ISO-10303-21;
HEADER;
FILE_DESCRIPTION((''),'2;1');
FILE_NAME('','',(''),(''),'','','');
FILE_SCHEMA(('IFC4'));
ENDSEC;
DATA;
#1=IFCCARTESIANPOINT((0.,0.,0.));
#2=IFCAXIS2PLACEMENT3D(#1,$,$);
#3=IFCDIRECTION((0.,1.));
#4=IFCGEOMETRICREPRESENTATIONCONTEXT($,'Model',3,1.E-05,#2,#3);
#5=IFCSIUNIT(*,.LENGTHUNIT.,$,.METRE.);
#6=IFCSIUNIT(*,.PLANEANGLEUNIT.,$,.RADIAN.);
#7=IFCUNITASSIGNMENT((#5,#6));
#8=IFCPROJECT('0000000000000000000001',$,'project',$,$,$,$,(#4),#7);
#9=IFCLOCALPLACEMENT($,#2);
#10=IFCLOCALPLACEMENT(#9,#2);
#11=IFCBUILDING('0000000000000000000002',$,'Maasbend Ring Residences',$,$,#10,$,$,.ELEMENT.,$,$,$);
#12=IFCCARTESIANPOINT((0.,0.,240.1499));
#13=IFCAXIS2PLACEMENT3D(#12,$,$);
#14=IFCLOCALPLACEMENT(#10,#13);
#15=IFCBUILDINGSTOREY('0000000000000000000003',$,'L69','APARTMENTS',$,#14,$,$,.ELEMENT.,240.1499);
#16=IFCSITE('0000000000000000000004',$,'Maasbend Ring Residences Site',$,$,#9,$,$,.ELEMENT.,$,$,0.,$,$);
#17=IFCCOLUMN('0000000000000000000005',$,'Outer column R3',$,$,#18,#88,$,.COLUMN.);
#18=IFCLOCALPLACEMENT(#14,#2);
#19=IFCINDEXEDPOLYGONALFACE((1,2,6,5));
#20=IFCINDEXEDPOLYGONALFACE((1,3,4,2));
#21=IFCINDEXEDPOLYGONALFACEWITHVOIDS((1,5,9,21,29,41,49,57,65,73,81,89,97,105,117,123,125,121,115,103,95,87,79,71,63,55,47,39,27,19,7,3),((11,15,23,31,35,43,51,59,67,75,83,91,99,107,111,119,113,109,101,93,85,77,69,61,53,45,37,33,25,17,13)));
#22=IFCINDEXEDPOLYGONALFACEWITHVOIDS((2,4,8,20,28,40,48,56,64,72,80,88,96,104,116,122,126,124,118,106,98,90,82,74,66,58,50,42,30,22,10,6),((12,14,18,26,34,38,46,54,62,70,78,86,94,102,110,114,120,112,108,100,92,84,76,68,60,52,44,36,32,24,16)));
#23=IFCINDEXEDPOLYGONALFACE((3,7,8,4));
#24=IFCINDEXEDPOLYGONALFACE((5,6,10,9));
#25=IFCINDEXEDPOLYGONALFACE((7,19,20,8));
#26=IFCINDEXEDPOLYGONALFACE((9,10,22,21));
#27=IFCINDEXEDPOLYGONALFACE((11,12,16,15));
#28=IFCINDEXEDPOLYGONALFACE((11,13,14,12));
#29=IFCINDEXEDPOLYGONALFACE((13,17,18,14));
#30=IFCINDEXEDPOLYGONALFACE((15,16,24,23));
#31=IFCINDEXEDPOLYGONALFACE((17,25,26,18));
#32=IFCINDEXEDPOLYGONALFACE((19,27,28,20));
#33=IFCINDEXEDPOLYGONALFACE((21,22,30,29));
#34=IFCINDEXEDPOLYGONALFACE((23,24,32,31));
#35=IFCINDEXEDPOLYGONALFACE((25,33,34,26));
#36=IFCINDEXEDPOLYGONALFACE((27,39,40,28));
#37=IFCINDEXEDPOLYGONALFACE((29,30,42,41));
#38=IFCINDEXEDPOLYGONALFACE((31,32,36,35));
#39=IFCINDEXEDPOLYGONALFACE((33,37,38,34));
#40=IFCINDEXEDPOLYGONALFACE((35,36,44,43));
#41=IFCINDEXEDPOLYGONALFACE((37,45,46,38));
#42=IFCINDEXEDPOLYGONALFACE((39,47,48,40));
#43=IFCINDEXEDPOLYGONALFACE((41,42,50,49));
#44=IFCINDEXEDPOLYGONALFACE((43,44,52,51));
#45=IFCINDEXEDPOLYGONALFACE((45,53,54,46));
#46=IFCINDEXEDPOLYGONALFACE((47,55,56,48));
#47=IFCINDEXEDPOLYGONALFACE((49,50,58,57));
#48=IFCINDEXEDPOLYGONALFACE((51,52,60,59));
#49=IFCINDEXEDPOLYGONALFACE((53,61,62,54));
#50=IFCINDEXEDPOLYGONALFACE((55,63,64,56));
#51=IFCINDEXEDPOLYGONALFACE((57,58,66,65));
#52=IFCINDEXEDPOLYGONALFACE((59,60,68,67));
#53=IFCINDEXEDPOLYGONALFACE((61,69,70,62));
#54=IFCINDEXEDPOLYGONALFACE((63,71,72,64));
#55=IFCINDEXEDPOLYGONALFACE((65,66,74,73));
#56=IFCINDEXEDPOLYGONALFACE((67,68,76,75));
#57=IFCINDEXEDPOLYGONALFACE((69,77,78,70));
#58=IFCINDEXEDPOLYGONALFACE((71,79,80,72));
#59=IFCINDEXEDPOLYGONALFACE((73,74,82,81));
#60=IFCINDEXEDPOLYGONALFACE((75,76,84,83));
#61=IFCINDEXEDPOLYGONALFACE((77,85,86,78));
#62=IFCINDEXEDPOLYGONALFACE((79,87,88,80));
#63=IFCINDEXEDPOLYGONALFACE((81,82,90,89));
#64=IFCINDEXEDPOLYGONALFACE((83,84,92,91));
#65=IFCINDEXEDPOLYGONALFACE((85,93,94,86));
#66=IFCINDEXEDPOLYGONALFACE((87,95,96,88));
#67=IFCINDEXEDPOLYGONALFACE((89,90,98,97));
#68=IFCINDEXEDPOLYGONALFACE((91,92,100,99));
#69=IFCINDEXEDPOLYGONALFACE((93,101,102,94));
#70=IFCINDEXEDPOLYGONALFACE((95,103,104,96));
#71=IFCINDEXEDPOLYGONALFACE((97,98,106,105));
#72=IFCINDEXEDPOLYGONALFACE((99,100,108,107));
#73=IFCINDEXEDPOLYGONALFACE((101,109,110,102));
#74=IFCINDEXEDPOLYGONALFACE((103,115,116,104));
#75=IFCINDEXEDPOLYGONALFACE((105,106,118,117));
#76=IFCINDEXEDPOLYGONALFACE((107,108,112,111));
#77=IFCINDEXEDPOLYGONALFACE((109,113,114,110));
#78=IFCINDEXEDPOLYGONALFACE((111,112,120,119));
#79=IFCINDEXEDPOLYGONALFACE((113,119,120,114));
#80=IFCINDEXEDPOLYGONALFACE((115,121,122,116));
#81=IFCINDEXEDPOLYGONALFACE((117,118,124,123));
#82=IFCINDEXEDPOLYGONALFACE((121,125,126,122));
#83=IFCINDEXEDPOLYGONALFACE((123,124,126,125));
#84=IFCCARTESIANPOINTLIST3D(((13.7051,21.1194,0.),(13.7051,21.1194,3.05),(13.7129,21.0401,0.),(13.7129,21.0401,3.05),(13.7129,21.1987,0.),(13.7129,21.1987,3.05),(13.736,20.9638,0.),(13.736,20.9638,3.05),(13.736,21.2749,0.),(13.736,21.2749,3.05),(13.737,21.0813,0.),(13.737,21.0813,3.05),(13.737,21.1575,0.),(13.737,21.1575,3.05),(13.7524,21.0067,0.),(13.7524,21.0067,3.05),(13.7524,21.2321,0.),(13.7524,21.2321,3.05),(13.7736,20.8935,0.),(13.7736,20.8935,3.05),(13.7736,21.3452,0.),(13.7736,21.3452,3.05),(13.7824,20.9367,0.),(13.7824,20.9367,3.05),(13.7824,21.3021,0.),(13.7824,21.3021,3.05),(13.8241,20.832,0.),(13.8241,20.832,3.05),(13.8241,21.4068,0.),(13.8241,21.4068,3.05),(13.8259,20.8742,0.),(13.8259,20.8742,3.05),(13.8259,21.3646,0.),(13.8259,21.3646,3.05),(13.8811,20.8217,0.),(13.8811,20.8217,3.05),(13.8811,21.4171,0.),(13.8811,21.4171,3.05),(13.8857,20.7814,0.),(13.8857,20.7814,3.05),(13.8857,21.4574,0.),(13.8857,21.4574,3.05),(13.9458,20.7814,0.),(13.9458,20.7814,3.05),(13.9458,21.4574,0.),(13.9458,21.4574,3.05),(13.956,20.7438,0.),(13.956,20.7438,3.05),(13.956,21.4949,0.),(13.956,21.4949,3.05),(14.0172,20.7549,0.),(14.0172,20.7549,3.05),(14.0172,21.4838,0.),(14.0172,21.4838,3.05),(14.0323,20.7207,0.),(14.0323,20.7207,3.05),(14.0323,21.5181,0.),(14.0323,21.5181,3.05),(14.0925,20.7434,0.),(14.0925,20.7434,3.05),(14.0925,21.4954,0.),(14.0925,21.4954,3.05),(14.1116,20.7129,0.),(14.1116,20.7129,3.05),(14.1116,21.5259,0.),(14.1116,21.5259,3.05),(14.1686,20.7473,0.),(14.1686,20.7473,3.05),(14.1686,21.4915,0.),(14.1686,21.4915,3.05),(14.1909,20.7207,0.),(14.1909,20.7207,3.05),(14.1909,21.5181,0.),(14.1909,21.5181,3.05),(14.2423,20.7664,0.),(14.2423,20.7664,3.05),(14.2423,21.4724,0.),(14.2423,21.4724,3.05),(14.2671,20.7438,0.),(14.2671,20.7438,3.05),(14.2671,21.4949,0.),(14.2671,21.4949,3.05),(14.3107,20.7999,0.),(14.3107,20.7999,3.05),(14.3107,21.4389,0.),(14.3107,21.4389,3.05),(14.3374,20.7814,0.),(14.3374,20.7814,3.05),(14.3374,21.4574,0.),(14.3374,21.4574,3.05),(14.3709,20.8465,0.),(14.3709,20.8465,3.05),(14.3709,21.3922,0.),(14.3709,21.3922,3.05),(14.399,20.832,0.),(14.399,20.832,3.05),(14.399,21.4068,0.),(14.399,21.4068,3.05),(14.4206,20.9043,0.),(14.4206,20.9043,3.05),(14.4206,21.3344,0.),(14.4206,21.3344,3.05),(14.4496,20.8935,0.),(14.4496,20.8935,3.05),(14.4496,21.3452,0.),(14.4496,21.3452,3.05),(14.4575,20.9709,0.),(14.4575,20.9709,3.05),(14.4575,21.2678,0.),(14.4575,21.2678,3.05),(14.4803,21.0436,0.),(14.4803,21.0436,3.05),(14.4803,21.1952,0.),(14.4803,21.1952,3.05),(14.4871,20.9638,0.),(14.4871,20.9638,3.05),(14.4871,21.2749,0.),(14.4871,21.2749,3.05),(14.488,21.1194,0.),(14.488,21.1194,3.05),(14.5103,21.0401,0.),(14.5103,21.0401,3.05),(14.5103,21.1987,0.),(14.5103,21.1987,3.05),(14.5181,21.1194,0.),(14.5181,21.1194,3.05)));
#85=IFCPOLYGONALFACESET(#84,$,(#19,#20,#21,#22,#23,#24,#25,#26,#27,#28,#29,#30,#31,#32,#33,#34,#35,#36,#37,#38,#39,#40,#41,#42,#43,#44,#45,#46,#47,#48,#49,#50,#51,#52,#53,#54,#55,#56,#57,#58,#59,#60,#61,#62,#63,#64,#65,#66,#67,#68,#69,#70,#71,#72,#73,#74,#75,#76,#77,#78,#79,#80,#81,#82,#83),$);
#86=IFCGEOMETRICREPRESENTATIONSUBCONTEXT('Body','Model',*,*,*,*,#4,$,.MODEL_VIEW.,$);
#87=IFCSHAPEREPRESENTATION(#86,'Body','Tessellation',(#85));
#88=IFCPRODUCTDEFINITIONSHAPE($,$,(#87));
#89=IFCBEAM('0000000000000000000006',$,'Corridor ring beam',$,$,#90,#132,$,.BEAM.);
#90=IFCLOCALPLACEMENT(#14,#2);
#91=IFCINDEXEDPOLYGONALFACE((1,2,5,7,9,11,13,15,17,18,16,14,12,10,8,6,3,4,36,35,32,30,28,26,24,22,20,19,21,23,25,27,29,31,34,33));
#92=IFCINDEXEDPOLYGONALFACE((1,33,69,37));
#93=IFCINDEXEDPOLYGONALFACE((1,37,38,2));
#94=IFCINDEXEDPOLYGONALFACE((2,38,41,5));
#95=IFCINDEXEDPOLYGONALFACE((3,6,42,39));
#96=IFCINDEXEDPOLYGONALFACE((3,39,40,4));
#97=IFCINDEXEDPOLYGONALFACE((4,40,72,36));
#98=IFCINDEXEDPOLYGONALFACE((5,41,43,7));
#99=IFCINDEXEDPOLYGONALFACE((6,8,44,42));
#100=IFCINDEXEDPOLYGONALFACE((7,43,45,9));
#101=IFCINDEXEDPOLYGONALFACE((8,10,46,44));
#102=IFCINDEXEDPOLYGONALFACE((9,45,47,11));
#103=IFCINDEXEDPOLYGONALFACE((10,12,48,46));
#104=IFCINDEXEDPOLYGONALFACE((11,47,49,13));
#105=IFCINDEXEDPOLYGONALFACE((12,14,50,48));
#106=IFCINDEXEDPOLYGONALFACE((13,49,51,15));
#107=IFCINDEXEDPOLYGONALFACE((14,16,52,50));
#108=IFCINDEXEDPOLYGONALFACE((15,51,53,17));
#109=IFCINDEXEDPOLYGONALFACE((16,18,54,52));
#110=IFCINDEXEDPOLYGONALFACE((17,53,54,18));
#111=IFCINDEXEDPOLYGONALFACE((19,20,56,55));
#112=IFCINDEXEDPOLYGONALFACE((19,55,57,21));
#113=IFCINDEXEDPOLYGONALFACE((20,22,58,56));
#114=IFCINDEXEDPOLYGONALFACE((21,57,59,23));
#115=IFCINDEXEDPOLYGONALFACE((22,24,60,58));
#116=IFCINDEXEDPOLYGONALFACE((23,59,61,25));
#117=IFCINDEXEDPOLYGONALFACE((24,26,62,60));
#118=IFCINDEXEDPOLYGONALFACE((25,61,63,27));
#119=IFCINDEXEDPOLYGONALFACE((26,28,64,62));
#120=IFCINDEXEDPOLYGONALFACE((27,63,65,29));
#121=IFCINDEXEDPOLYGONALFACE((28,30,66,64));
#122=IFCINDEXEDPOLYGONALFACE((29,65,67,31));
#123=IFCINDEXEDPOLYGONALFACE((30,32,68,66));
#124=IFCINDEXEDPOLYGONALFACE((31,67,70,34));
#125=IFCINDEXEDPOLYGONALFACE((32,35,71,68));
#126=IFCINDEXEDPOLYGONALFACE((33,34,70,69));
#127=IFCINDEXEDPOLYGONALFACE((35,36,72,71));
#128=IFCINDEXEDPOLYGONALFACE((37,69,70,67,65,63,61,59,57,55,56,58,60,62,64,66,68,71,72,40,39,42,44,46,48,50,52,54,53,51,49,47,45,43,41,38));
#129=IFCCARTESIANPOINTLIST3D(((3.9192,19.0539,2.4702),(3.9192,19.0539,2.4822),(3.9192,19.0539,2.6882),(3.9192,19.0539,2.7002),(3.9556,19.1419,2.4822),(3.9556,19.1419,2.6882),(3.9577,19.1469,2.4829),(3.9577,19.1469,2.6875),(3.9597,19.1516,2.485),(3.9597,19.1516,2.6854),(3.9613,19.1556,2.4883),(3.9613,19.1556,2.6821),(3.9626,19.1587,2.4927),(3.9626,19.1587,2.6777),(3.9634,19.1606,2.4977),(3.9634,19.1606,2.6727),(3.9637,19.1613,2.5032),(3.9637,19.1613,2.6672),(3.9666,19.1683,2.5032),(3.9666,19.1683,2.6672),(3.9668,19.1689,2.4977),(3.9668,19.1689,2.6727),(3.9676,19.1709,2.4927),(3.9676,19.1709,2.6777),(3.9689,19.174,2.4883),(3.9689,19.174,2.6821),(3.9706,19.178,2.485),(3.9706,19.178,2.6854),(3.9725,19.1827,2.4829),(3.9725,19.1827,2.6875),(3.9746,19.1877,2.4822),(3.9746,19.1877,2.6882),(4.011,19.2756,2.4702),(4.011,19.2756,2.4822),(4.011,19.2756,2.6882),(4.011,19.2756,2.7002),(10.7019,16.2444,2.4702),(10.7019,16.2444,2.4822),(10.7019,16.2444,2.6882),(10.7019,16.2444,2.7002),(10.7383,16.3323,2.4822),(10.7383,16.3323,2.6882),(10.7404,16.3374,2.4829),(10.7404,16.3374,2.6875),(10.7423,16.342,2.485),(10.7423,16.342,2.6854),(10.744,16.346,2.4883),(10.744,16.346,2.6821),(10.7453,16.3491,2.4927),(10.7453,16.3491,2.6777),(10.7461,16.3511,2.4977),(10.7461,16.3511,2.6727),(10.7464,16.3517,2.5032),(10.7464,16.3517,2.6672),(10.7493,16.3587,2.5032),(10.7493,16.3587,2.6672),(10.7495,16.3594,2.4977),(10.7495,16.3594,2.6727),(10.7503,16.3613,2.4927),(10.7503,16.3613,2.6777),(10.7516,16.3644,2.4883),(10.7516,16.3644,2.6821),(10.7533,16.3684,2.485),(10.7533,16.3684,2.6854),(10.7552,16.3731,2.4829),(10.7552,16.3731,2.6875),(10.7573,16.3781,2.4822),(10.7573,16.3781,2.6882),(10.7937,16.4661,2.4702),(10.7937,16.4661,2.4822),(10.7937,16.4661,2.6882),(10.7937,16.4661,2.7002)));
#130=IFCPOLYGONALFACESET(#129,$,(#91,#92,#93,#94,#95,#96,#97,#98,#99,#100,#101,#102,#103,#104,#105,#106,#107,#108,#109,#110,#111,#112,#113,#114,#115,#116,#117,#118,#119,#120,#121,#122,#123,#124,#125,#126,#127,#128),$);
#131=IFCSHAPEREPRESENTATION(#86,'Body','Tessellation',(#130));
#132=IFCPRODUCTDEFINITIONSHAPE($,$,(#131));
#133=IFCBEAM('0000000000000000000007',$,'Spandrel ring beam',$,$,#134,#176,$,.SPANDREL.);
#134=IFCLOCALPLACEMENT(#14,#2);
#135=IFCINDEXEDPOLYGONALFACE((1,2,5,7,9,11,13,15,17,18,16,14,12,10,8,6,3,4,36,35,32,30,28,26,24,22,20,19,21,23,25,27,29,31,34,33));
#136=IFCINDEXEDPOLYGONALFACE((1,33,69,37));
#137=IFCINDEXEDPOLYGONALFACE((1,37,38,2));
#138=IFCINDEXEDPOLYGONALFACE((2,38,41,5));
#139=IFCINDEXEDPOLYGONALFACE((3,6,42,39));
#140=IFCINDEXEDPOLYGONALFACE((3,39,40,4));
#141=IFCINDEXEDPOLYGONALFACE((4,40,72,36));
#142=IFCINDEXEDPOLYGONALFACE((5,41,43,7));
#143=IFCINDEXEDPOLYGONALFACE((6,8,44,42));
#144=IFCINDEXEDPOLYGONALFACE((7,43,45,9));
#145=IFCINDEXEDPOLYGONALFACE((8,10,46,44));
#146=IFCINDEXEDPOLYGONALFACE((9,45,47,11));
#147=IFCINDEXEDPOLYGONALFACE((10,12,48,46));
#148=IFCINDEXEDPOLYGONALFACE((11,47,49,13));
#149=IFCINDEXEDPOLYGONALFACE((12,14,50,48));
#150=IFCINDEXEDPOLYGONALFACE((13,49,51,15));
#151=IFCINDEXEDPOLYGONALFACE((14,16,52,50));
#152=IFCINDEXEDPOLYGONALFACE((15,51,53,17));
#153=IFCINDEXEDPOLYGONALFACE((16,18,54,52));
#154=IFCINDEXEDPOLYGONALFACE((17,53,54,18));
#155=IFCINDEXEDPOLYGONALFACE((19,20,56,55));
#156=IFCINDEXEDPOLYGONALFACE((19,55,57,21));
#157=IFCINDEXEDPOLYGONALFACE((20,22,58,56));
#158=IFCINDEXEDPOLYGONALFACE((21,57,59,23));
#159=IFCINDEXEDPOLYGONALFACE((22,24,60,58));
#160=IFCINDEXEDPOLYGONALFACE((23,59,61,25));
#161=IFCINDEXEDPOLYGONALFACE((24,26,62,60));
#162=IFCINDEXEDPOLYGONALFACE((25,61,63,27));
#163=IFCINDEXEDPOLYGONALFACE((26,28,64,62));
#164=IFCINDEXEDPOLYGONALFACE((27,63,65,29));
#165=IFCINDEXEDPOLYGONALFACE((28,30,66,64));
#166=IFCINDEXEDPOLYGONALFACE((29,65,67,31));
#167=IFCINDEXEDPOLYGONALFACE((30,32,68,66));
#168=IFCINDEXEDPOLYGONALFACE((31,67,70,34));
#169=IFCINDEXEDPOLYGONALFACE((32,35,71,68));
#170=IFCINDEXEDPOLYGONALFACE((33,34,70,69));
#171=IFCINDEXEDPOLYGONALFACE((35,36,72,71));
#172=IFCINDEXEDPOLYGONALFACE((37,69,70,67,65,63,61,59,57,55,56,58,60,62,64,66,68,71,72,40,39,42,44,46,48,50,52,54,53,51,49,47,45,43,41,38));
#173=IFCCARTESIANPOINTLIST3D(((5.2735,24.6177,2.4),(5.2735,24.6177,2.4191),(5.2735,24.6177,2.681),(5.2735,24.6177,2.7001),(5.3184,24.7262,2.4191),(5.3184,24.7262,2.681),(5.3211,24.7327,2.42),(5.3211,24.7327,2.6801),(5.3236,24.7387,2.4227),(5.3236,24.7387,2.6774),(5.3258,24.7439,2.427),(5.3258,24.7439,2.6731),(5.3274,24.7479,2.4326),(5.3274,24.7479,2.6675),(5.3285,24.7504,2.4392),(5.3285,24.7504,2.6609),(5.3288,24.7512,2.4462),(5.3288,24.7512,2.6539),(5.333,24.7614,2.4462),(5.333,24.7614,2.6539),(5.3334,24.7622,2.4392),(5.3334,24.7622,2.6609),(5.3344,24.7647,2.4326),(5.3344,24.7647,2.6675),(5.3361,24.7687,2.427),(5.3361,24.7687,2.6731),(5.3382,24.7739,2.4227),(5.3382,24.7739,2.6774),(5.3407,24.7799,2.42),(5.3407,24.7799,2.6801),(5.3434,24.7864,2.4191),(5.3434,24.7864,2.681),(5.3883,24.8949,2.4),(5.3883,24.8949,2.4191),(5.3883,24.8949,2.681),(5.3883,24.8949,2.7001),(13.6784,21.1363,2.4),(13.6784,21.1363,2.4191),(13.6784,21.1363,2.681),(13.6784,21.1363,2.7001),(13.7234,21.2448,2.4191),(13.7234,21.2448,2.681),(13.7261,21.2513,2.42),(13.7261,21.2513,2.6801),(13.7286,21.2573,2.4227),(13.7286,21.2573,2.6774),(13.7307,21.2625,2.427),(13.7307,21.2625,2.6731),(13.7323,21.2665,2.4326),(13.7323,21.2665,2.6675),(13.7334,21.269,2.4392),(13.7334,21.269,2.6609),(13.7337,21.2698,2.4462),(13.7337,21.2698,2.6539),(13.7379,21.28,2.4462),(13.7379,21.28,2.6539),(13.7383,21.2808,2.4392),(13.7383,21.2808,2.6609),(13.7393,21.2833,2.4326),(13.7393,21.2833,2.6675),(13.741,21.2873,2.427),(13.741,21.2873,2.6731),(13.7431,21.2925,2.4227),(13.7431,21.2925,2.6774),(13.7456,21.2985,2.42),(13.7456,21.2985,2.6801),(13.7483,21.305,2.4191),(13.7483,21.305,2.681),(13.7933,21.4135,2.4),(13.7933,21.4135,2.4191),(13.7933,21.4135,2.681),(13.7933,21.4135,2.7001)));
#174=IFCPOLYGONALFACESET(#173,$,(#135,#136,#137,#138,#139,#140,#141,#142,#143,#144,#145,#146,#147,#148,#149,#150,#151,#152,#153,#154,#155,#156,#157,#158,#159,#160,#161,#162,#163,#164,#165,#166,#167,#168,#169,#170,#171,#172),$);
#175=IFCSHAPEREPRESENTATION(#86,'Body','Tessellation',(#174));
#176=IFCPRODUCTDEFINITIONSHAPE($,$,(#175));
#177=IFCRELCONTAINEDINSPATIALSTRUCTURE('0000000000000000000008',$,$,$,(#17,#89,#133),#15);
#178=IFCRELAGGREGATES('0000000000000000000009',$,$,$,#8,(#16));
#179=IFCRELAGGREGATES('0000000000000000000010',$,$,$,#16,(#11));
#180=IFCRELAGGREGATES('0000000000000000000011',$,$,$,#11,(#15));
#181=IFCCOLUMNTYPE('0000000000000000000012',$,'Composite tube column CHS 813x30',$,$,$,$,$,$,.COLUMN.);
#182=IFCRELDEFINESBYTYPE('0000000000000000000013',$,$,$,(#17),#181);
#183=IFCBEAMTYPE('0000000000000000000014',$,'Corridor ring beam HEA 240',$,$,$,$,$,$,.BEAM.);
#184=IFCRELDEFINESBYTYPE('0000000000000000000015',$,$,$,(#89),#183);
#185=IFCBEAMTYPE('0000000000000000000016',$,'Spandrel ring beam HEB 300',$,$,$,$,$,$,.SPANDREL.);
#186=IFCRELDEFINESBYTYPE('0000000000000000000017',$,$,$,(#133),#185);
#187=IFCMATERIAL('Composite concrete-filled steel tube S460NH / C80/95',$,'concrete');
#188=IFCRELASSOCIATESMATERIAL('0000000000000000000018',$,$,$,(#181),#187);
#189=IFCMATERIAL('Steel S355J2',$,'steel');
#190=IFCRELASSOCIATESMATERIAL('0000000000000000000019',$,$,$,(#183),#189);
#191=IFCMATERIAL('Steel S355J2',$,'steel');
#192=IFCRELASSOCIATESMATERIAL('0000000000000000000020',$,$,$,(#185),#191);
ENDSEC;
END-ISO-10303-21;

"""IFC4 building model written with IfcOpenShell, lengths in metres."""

from ifc_helpers import new_model, si_unit, direction, frame, origin, origin_2d, place, context, subcontext, project, spatial, hollow_circle, i_section, extrude, material, material_profile, profile_set, type_object, element, save


model = new_model("IFC4")

# Units and contexts
model_context = context("Model", 3, precision=1e-05, world=origin(), true_north=direction((0.0, 1.0)))
body_context = subcontext(model_context, "Body", "Model", "MODEL_VIEW")
ifc_project = project(units=[si_unit("LENGTHUNIT", "METRE"), si_unit("PLANEANGLEUNIT", "RADIAN")], contexts=[model_context])

# Site, building, storey
site_placement = place(None, origin())
site = spatial("IfcSite", under=ifc_project, at=site_placement, Name="Maasbend Ring Residences Site", CompositionType="ELEMENT", RefElevation=0.0)
building_placement = place(site_placement, origin())
building = spatial("IfcBuilding", under=site, at=building_placement, Name="Maasbend Ring Residences", CompositionType="ELEMENT")
storey_placement = place(building_placement, frame((0.0, 0.0, 240.1499)))
storey = spatial("IfcBuildingStorey", under=building, at=storey_placement, Name="L69", Description="APARTMENTS", CompositionType="ELEMENT", Elevation=240.1499)

# Column
ifc_material_1 = material(Name="Composite concrete-filled steel tube S460NH / C80/95", Category="concrete")
ifc_material_profile_1 = material_profile(ifc_material_1, hollow_circle(Radius=0.4065, WallThickness=0.03, at=origin_2d()), Name="Composite tube column CHS 813x30")
ifc_profile_set_1 = profile_set([ifc_material_profile_1], Name="Composite concrete-filled steel tube S460NH / C80/95")
column_type = type_object("IfcColumnType", Name="Composite tube column CHS 813x30", PredefinedType="COLUMN", material=ifc_profile_set_1)
column_placement = place(storey_placement, frame((14.1116, 21.1194, 0.0), z_axis=(0.0, 0.0, 1.0), x_axis=(1.0, 0.0, 0.0)))
element("IfcColumn", 1, at=column_placement, inside=storey, type_object=column_type, Name="Outer column R3", PredefinedType="COLUMN", context=body_context, shape_type="SweptSolid", body=[
    extrude(hollow_circle(Radius=0.4065, WallThickness=0.03, at=origin_2d()), origin(), (0.0, 0.0, 1.0), 3.05),
])

# Beams
ifc_material_2 = material(Name="Steel S355J2", Category="steel")
ifc_material_profile_2 = material_profile(ifc_material_2, i_section(OverallWidth=0.24, OverallDepth=0.23, WebThickness=0.0076, FlangeThickness=0.012, FilletRadius=0.021, at=origin_2d()), Name="HEA 240")
ifc_profile_set_2 = profile_set([ifc_material_profile_2], Name="Steel S355J2")
beam_type_1 = type_object("IfcBeamType", Name="Corridor ring beam HEA 240", PredefinedType="BEAM", material=ifc_profile_set_2)
beam_1_placement = place(storey_placement, frame((10.7478, 16.3552, 2.5852), z_axis=(-0.923876, 0.382692, 0.0), x_axis=(-0.382692, -0.923876, 0.0)))
element("IfcBeam", 2, at=beam_1_placement, inside=storey, type_object=beam_type_1, Name="Corridor ring beam", PredefinedType="BEAM", context=body_context, shape_type="SweptSolid", body=[
    extrude(i_section(OverallWidth=0.24, OverallDepth=0.23, WebThickness=0.0076, FlangeThickness=0.012, FilletRadius=0.021, at=origin_2d()), origin(), (0.0, 0.0, 1.0), 7.3416),
])
ifc_material_3 = material(Name="Steel S355J2", Category="steel")
ifc_material_profile_3 = material_profile(ifc_material_3, i_section(OverallWidth=0.3, OverallDepth=0.3, WebThickness=0.011, FlangeThickness=0.019, FilletRadius=0.0271, at=origin_2d()), Name="HEB 300")
ifc_profile_set_3 = profile_set([ifc_material_profile_3], Name="Steel S355J2")
beam_type_2 = type_object("IfcBeamType", Name="Spandrel ring beam HEB 300", PredefinedType="SPANDREL", material=ifc_profile_set_3)
beam_2_placement = place(storey_placement, frame((13.7358, 21.2749, 2.55), z_axis=(-0.923881, 0.38268, 0.0), x_axis=(-0.38268, -0.923881, 0.0)))
element("IfcBeam", 3, at=beam_2_placement, inside=storey, type_object=beam_type_2, Name="Spandrel ring beam", PredefinedType="SPANDREL", context=body_context, shape_type="SweptSolid", body=[
    extrude(i_section(OverallWidth=0.3, OverallDepth=0.3, WebThickness=0.011, FlangeThickness=0.019, FilletRadius=0.0271, at=origin_2d()), origin(), (0.0, 0.0, 1.0), 9.0974),
])

save(model, "model.ifc")
